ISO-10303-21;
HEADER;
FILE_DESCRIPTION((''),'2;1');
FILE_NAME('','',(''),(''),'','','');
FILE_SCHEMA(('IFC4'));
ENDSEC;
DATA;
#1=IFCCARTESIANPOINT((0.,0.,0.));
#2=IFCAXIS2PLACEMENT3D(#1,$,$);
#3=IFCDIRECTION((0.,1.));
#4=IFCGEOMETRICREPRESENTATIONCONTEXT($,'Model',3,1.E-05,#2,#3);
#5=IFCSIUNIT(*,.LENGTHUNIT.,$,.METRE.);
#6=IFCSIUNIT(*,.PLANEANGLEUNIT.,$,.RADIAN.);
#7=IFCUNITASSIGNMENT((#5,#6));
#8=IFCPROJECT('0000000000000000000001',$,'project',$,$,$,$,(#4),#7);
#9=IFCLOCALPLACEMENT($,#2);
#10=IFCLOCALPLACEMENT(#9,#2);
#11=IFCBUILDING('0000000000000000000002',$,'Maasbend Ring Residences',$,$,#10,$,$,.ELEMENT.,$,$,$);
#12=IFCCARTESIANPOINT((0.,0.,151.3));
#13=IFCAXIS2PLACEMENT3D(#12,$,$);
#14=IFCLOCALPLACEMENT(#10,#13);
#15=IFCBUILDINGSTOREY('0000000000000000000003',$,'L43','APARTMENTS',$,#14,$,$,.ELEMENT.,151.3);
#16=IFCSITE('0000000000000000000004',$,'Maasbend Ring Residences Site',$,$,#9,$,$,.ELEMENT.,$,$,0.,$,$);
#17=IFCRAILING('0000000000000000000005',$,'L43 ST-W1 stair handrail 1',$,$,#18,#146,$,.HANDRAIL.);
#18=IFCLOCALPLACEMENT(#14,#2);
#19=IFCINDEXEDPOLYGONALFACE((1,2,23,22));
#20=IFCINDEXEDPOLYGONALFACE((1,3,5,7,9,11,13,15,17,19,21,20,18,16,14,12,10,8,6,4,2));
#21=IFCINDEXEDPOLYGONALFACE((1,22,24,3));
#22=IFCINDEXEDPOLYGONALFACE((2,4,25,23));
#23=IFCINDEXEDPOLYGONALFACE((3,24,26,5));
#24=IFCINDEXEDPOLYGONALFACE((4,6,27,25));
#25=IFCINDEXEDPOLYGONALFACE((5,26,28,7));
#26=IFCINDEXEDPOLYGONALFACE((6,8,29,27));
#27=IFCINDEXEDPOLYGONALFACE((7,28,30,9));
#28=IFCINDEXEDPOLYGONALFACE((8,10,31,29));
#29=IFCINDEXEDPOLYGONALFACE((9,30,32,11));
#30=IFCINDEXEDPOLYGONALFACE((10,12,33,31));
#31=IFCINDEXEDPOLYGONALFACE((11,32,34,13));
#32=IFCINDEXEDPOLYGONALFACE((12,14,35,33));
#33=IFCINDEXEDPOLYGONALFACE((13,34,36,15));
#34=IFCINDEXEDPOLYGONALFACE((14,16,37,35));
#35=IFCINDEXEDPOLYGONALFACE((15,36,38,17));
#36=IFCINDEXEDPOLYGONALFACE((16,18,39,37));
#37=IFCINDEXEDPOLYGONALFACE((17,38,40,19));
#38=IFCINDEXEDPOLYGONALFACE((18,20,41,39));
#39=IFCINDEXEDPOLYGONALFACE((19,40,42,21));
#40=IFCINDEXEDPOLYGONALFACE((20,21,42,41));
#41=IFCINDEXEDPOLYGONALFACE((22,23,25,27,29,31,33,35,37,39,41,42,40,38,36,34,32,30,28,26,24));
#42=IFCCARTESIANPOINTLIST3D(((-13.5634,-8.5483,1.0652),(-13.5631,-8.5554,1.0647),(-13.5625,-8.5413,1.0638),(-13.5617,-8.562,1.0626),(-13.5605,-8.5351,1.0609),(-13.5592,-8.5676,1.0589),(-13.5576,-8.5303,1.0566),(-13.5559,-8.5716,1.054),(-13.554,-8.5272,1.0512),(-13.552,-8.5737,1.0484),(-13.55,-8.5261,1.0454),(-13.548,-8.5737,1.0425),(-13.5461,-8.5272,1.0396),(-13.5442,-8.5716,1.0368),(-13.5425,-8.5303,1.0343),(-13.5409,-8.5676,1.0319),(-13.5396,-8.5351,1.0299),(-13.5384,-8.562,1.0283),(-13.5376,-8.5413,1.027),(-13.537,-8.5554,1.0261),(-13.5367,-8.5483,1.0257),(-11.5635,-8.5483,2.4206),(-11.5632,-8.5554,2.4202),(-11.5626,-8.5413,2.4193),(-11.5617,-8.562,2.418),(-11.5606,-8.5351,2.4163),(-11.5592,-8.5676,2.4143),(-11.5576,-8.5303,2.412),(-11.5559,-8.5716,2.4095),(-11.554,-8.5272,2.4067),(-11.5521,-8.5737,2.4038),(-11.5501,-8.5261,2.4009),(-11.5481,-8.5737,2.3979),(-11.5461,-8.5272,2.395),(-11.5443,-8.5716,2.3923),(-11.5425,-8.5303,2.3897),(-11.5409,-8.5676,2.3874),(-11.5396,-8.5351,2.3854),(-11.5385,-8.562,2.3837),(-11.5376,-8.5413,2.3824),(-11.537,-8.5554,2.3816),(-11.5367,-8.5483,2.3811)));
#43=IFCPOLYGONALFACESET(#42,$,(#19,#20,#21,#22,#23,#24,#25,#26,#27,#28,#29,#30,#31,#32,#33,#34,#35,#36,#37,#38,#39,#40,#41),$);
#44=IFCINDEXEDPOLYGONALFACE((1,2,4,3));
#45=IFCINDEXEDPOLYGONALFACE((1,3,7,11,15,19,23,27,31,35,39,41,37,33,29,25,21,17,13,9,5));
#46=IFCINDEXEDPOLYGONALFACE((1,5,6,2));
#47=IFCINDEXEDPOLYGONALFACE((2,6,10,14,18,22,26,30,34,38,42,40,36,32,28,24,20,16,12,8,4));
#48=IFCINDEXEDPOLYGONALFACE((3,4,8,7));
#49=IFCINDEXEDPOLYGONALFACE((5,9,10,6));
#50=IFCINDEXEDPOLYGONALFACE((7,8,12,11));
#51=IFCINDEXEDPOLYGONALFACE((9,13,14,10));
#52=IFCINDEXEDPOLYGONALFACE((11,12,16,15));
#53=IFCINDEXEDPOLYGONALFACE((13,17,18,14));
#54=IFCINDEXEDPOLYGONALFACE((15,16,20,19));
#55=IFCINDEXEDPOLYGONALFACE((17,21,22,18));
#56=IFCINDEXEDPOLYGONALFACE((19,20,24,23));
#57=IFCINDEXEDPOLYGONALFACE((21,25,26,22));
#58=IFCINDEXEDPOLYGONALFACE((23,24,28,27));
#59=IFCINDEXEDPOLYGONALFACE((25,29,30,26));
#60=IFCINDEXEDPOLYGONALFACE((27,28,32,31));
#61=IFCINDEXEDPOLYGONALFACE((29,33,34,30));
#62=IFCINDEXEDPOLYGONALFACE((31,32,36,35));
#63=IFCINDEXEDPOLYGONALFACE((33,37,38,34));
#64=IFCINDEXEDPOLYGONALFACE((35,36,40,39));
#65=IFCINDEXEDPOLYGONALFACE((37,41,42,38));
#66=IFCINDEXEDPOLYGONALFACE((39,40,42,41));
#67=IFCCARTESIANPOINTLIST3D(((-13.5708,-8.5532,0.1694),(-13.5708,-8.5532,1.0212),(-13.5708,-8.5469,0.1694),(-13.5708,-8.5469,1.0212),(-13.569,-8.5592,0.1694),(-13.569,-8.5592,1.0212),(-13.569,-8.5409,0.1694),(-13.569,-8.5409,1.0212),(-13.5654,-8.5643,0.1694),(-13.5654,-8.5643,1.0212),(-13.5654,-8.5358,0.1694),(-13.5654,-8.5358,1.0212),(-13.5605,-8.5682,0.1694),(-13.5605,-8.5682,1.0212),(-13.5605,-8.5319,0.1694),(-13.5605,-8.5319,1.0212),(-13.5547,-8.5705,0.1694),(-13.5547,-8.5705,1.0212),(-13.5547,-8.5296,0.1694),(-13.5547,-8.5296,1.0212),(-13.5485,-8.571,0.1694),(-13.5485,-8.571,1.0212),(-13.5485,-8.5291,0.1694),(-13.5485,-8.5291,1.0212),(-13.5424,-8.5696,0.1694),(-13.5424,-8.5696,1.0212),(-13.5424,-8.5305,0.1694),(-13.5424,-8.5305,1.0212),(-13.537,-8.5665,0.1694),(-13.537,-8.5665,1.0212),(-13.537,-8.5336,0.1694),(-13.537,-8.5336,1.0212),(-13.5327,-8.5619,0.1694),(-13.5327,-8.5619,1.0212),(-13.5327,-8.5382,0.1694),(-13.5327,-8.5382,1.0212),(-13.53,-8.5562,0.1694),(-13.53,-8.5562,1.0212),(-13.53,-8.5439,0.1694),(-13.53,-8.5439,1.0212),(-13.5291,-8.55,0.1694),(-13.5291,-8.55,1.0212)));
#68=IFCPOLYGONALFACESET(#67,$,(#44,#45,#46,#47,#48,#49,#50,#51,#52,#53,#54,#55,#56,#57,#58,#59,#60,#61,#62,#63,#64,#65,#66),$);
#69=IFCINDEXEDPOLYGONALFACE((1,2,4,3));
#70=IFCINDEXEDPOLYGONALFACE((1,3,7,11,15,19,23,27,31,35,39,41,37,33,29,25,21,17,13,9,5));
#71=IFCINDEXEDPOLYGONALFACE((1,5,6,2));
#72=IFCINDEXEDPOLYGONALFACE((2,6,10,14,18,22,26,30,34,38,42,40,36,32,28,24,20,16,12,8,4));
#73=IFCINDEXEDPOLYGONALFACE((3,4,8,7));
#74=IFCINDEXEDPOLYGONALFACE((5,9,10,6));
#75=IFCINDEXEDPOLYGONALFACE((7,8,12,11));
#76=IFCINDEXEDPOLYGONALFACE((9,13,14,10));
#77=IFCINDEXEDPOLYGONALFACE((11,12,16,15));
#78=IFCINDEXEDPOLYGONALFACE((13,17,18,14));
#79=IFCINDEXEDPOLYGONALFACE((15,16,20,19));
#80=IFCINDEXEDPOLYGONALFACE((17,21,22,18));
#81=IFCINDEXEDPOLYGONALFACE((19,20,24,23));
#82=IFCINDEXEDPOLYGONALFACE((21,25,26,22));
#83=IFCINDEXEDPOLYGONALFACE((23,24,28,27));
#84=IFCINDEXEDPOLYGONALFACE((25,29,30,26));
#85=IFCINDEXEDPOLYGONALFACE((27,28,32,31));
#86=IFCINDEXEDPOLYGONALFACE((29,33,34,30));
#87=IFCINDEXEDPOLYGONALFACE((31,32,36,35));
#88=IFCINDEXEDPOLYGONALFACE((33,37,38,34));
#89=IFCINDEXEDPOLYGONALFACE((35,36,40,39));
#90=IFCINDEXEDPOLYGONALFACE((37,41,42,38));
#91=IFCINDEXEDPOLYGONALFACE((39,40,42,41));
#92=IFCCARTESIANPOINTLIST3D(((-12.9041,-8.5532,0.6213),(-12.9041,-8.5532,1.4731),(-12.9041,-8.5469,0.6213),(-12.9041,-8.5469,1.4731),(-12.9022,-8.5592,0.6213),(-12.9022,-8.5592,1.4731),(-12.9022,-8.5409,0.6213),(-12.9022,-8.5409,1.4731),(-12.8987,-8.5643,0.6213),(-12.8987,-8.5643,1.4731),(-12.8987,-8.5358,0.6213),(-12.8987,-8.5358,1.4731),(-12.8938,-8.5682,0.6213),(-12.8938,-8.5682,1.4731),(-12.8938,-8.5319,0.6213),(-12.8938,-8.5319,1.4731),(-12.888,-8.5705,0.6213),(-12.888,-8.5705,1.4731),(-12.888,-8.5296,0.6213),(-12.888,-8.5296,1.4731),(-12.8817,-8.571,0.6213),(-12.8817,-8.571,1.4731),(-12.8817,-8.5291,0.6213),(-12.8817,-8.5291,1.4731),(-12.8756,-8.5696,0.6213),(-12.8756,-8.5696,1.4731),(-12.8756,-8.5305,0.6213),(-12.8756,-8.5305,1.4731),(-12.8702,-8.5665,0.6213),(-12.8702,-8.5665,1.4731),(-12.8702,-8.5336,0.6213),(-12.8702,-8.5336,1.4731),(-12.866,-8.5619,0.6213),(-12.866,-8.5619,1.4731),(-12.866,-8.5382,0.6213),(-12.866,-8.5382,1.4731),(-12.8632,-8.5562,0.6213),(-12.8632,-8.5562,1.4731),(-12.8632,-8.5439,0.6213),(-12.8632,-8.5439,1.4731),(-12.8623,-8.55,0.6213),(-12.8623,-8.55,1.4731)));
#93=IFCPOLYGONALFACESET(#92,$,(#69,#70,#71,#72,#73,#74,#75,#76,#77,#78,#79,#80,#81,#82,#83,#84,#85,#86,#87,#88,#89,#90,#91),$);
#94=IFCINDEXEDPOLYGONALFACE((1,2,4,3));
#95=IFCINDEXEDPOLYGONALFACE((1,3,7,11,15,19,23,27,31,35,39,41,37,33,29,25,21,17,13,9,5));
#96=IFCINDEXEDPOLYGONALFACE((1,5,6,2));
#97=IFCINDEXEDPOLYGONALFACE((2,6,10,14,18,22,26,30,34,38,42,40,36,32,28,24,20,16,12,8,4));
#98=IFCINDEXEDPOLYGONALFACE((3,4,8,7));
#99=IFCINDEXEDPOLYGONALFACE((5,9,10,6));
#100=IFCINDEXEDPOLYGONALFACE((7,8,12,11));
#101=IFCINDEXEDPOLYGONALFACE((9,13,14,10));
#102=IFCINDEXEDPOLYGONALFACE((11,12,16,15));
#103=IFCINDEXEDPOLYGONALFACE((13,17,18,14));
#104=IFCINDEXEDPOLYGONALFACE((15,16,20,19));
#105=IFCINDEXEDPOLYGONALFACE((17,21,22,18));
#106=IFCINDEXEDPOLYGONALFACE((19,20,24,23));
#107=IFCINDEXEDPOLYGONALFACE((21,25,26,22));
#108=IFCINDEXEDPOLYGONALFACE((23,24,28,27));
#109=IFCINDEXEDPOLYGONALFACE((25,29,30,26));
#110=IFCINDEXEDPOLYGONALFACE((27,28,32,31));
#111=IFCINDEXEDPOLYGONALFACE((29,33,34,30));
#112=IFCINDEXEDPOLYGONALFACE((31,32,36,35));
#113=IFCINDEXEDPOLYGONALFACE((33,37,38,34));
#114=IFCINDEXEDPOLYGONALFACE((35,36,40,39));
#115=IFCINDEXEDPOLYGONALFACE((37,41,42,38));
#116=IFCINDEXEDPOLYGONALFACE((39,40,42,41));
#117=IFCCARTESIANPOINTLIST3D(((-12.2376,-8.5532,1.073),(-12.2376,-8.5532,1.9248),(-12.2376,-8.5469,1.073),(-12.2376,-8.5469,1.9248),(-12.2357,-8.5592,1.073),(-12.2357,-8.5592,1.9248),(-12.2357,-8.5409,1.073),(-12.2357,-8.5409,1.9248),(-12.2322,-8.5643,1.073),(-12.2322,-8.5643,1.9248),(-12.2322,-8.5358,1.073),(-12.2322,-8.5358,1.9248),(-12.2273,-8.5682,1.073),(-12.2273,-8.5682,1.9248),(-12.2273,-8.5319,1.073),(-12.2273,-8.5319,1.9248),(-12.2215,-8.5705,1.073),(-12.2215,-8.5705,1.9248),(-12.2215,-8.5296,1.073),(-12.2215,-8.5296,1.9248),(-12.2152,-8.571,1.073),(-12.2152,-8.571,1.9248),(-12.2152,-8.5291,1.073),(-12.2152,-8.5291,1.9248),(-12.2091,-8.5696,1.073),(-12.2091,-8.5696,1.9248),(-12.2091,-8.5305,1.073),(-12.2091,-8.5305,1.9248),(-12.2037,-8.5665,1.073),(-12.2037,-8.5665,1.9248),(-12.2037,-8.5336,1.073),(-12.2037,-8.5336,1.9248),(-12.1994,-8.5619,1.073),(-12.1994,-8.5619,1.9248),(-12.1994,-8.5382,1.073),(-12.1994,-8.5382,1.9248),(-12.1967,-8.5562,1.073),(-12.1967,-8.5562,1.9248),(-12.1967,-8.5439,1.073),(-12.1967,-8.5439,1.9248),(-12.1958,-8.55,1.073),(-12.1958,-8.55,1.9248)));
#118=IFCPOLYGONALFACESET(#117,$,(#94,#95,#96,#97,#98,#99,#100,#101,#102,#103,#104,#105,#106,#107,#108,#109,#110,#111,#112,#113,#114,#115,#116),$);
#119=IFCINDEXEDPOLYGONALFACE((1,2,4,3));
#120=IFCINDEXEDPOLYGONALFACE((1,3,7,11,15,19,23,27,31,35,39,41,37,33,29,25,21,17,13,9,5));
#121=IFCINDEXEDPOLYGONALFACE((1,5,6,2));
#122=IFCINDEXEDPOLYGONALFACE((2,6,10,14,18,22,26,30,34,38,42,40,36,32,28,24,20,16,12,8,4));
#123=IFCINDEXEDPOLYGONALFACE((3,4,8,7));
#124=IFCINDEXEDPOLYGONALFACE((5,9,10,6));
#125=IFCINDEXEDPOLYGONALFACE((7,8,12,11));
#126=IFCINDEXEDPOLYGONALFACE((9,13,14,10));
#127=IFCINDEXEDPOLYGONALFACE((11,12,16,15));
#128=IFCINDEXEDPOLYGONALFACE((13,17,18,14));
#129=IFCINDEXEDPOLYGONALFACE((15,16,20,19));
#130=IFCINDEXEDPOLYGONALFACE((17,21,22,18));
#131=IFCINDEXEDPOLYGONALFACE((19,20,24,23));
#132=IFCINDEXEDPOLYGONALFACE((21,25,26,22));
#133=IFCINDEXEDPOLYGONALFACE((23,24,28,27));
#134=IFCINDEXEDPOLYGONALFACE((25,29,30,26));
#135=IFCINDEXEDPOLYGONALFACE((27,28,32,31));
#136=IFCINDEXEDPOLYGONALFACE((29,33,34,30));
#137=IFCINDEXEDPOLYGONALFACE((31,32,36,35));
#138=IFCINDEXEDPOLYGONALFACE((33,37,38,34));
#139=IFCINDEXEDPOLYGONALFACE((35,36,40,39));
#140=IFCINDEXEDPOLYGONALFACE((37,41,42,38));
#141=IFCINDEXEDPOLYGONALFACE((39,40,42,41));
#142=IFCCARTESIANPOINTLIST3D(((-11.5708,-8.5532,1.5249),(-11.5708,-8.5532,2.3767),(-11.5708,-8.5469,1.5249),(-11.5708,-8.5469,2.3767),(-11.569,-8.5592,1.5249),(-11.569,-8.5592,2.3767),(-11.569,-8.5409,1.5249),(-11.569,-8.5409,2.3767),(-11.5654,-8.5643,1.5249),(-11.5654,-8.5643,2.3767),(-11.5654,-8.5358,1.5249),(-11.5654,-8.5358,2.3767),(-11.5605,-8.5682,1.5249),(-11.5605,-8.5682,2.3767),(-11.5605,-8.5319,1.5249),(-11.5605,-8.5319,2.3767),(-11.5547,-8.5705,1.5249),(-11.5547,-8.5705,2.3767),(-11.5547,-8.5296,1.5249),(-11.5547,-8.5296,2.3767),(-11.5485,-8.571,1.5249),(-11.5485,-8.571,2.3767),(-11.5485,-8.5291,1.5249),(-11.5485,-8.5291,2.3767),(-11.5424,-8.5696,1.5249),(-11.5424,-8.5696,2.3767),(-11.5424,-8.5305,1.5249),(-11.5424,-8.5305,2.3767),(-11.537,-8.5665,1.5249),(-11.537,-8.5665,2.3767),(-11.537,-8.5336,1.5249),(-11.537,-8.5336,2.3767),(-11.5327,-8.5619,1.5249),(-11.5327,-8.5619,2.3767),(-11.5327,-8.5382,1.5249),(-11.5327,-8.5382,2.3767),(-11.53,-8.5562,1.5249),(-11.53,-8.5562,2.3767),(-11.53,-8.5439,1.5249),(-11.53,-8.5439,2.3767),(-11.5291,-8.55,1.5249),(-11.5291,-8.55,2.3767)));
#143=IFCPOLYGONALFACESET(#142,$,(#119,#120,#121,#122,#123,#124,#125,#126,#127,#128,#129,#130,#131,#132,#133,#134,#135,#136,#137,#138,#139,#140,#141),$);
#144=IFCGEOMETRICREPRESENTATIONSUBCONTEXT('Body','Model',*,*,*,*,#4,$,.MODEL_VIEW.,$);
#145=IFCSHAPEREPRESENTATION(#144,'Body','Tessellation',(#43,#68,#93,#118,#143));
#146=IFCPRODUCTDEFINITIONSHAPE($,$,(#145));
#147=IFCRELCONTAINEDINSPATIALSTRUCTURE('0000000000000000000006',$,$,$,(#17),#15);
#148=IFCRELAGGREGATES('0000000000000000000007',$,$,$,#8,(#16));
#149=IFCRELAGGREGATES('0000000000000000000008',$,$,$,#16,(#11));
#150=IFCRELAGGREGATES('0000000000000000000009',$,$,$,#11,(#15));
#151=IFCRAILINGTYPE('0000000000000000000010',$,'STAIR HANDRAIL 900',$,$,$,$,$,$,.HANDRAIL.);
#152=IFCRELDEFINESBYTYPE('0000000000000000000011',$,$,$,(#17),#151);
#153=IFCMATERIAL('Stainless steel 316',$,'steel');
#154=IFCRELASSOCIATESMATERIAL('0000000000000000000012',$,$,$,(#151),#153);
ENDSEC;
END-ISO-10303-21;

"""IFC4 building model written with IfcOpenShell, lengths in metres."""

from ifc_helpers import new_model, si_unit, direction, frame, origin, origin_2d, place, context, subcontext, project, spatial, circle, extrude, material, type_object, element, save


model = new_model("IFC4")

# Units and contexts
model_context = context("Model", 3, precision=1e-05, world=origin(), true_north=direction((0.0, 1.0)))
body_context = subcontext(model_context, "Body", "Model", "MODEL_VIEW")
ifc_project = project(units=[si_unit("LENGTHUNIT", "METRE"), si_unit("PLANEANGLEUNIT", "RADIAN")], contexts=[model_context])

# Site, building, storey
site_placement = place(None, origin())
site = spatial("IfcSite", under=ifc_project, at=site_placement, Name="Maasbend Ring Residences Site", CompositionType="ELEMENT", RefElevation=0.0)
building_placement = place(site_placement, origin())
building = spatial("IfcBuilding", under=site, at=building_placement, Name="Maasbend Ring Residences", CompositionType="ELEMENT")
storey_placement = place(building_placement, frame((0.0, 0.0, 151.3)))
storey = spatial("IfcBuildingStorey", under=building, at=storey_placement, Name="L43", Description="APARTMENTS", CompositionType="ELEMENT", Elevation=151.3)

# Railing
ifc_material_1 = material(Name="Stainless steel 316", Category="steel")
railing_type_1 = type_object("IfcRailingType", Name="STAIR HANDRAIL 900", PredefinedType="HANDRAIL", material=ifc_material_1)
railing_1_placement = place(storey_placement, frame((-13.55, -8.55, 0.1694)))
element("IfcRailing", 1, at=railing_1_placement, inside=storey, type_object=railing_type_1, Name="L43 ST-W1 stair handrail 1", PredefinedType="HANDRAIL", context=body_context, shape_type="SweptSolid", body=[
    extrude(circle(Radius=0.0239, at=origin_2d()), frame((0.0, 0.0, 0.876), z_axis=(0.827798, 0.0, 0.561027), x_axis=(0.0, 1.0, 0.0)), (0.0, 0.0, 1.0), 2.416),
    extrude(circle(Radius=0.021, at=origin_2d()), origin(), (0.0, 0.0, 1.0), 0.8518),
    extrude(circle(Radius=0.021, at=origin_2d()), frame((0.6667, 0.0, 0.4519)), (0.0, 0.0, 1.0), 0.8518),
    extrude(circle(Radius=0.021, at=origin_2d()), frame((1.3333, 0.0, 0.9036)), (0.0, 0.0, 1.0), 0.8518),
    extrude(circle(Radius=0.021, at=origin_2d()), frame((2.0, 0.0, 1.3555)), (0.0, 0.0, 1.0), 0.8518),
])

save(model, "model.ifc")
